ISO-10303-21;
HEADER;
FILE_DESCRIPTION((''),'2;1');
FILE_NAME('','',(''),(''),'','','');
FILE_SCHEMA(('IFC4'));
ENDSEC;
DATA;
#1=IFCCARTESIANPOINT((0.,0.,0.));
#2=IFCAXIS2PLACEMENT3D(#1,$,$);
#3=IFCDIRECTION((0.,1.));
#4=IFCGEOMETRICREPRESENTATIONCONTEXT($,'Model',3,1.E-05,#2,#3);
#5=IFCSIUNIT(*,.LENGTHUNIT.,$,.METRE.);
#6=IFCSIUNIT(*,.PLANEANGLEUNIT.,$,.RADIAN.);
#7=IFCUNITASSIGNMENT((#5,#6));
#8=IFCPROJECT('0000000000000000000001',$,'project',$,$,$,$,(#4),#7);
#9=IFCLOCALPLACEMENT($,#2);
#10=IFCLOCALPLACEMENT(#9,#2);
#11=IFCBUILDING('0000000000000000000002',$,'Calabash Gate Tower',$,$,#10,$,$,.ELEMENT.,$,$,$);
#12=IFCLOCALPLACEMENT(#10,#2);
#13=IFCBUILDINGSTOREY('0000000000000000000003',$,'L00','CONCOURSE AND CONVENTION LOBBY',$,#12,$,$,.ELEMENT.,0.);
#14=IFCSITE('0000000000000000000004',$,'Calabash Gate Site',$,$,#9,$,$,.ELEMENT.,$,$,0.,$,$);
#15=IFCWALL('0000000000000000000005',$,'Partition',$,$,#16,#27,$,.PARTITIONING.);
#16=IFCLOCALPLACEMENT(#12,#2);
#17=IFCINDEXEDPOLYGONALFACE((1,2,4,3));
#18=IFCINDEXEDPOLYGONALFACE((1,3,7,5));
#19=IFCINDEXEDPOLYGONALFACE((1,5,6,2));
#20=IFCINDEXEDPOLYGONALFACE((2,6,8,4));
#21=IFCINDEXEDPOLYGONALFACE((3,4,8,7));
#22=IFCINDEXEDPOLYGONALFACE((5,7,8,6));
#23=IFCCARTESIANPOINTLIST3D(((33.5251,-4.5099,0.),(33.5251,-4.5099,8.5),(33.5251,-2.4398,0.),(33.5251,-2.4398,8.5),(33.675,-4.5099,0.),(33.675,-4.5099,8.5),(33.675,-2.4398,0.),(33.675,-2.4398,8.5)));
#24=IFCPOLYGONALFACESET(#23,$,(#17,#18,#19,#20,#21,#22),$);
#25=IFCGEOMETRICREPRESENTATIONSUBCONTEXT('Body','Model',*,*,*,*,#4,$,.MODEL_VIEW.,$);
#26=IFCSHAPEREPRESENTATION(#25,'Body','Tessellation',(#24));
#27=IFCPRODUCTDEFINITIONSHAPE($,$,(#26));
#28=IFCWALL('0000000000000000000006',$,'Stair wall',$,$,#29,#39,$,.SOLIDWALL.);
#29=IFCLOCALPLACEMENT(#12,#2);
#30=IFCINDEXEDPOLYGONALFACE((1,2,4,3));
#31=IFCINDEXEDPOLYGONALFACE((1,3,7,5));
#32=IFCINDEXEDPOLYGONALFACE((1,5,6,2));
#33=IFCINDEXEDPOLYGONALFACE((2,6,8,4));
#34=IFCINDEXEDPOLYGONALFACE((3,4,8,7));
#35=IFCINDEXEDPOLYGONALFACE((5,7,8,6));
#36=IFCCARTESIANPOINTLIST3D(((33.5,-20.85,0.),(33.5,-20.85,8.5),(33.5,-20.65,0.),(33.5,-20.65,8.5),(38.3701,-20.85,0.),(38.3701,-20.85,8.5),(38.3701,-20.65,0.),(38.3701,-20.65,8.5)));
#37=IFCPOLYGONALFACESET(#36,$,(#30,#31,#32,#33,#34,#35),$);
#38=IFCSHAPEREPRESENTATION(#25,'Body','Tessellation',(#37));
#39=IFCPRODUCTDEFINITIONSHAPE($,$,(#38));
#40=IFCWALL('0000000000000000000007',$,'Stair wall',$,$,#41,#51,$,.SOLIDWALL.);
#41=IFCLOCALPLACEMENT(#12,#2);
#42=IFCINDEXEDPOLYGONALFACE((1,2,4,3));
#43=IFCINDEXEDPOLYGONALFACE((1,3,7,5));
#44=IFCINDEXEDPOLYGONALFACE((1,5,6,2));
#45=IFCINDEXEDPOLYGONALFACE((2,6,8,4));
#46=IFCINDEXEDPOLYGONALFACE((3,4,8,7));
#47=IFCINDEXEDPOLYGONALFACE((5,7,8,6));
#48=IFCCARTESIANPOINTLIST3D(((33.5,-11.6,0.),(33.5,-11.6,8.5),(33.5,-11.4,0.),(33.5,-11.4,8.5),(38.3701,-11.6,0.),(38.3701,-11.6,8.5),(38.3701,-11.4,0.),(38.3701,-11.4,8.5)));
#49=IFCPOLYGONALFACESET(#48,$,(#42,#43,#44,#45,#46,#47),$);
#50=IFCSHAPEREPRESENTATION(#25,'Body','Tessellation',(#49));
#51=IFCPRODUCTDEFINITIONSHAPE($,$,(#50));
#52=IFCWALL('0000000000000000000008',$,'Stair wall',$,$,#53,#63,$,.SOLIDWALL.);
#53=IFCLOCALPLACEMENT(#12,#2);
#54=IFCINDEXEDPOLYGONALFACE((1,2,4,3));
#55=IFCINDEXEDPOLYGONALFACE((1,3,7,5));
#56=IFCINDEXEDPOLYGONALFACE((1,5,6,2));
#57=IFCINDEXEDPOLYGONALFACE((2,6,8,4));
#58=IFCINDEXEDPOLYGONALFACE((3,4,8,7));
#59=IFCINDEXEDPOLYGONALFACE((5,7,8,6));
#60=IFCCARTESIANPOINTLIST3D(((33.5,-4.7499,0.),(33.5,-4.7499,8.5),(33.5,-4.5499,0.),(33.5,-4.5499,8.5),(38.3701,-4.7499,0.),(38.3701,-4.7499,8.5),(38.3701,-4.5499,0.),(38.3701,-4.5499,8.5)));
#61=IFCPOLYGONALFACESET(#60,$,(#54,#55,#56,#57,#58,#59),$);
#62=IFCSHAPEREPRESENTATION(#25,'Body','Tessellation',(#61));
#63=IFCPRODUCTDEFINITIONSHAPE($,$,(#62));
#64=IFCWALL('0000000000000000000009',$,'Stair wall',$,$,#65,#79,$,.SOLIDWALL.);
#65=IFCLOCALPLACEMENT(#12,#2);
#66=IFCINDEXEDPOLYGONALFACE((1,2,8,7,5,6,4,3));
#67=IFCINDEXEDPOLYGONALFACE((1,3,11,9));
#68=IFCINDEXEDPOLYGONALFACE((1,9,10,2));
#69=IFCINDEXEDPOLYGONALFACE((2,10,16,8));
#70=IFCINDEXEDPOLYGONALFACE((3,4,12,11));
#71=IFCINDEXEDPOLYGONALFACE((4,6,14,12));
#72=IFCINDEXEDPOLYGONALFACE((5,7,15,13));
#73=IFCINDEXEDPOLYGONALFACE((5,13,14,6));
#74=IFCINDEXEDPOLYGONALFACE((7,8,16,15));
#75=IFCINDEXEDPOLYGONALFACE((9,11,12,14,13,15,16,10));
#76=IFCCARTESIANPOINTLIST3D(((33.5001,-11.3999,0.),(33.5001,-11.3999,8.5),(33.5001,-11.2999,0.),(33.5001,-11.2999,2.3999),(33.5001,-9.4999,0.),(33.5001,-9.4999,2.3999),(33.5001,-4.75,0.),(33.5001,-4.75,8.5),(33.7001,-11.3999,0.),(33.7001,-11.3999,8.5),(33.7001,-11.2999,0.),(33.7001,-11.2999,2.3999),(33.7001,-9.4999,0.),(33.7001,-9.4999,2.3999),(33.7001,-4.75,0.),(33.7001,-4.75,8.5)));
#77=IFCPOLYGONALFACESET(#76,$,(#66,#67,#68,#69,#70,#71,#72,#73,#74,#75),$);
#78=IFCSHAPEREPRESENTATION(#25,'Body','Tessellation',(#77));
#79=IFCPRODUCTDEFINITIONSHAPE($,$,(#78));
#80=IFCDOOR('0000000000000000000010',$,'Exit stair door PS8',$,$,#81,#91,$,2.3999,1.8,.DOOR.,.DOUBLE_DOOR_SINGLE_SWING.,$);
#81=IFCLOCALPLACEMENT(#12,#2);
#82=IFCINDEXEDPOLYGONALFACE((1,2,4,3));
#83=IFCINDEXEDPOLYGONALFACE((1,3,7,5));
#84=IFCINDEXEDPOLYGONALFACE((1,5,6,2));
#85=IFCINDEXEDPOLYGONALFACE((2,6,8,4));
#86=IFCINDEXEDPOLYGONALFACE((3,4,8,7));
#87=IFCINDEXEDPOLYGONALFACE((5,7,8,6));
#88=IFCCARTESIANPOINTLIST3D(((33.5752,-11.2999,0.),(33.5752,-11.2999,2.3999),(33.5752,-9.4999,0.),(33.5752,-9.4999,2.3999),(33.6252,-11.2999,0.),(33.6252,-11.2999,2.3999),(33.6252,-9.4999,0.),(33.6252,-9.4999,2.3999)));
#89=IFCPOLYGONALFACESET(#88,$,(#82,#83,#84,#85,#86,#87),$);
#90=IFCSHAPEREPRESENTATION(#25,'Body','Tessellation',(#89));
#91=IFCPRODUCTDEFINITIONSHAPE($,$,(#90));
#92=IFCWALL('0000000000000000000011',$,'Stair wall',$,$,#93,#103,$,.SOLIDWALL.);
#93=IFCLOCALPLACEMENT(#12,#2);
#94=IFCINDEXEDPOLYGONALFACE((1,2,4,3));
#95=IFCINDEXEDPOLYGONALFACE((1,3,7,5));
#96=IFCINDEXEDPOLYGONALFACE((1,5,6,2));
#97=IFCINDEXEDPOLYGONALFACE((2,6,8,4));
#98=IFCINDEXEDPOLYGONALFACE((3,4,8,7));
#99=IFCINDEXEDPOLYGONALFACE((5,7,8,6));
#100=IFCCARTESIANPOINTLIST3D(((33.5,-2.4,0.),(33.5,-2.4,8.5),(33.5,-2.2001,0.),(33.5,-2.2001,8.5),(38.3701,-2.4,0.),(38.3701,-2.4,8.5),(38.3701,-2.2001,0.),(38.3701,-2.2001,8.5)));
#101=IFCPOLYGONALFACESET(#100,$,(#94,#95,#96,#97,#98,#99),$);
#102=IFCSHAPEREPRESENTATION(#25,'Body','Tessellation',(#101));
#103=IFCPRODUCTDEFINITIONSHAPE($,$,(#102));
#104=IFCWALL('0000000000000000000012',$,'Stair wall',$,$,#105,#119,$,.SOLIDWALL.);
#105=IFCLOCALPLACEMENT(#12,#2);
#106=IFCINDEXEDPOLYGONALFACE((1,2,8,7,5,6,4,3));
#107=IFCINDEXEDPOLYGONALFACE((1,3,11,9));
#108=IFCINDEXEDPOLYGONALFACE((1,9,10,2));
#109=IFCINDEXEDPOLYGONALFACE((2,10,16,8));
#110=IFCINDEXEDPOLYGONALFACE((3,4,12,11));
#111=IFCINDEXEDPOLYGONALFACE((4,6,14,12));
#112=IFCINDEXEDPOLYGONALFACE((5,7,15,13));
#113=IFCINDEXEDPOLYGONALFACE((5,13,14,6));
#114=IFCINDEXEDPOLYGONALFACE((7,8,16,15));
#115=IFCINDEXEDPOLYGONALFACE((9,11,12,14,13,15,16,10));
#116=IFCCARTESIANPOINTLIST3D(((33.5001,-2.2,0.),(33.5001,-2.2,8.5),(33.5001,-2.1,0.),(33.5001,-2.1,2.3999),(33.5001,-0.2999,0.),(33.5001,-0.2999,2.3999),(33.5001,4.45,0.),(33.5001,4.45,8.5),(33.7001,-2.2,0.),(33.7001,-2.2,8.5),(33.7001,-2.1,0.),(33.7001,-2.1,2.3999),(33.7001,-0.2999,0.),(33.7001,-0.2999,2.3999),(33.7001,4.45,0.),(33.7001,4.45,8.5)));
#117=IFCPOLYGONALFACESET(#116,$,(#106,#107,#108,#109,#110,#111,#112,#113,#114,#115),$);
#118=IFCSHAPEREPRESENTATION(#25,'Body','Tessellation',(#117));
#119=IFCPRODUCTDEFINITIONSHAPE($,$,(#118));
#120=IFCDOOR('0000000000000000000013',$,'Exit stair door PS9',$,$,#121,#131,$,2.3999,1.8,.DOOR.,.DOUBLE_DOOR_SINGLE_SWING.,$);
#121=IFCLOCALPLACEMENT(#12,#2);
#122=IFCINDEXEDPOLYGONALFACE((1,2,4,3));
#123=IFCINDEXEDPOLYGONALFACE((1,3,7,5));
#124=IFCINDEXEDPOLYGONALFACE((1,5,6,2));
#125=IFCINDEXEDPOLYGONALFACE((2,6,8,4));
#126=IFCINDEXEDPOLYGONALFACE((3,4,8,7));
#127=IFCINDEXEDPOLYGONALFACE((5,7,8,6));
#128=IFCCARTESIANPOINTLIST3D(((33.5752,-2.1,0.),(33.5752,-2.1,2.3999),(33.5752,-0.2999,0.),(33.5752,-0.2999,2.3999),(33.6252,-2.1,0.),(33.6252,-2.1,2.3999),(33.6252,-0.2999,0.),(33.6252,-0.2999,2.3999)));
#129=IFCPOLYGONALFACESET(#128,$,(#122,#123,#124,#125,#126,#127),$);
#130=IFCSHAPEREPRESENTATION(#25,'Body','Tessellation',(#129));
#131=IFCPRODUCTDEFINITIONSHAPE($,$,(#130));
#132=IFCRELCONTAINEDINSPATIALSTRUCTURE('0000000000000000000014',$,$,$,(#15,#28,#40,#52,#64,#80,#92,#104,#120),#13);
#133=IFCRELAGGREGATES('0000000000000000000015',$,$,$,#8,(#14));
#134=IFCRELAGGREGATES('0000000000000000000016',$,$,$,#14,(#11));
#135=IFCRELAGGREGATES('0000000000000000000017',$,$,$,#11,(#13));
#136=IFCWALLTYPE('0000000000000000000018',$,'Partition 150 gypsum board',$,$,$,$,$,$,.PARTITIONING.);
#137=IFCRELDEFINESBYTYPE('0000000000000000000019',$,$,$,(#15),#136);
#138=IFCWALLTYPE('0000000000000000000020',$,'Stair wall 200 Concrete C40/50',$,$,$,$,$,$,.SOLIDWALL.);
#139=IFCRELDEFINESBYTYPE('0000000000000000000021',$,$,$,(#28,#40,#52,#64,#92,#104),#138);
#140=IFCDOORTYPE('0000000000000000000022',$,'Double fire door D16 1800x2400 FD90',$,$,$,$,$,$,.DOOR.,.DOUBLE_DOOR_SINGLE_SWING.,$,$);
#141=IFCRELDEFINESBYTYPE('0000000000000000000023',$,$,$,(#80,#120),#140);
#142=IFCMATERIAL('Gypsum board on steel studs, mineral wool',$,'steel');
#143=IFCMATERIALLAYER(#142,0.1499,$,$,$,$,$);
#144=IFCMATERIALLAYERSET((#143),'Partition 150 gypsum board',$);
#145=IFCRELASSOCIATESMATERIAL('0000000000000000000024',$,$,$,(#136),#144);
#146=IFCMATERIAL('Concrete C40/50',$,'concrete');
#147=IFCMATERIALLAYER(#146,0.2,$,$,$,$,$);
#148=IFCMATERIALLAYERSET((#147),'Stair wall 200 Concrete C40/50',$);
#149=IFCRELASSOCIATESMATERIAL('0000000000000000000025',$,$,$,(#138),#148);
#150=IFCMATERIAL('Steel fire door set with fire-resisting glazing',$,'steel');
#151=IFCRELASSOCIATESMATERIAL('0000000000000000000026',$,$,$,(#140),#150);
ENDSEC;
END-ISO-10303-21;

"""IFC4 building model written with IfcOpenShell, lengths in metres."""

from ifc_helpers import new_model, si_unit, direction, frame, frame_2d, origin, place, context, subcontext, project, spatial, rectangle, extrude, material, layer, layer_set, type_object, element, fill, save


model = new_model("IFC4")

# Units and contexts
model_context = context("Model", 3, precision=1e-05, world=origin(), true_north=direction((0.0, 1.0)))
body_context = subcontext(model_context, "Body", "Model", "MODEL_VIEW")
ifc_project = project(units=[si_unit("LENGTHUNIT", "METRE"), si_unit("PLANEANGLEUNIT", "RADIAN")], contexts=[model_context])

# Site, building, storey
site_placement = place(None, origin())
site = spatial("IfcSite", under=ifc_project, at=site_placement, Name="Calabash Gate Site", CompositionType="ELEMENT", RefElevation=0.0)
building_placement = place(site_placement, origin())
building = spatial("IfcBuilding", under=site, at=building_placement, Name="Calabash Gate Tower", CompositionType="ELEMENT")
storey_placement = place(building_placement, origin())
storey = spatial("IfcBuildingStorey", under=building, at=storey_placement, Name="L00", Description="CONCOURSE AND CONVENTION LOBBY", CompositionType="ELEMENT", Elevation=0.0)

# Shared definitions
ifc_material_1 = material(Name="Gypsum board on steel studs, mineral wool", Category="steel")
ifc_layer_1 = layer(ifc_material_1, 0.1499)
ifc_layer_set_1 = layer_set([ifc_layer_1], Name="Partition 150 gypsum board")
wall_type_1 = type_object("IfcWallType", Name="Partition 150 gypsum board", PredefinedType="PARTITIONING", material=ifc_layer_set_1)

# Walls
wall_1_placement = place(storey_placement, frame((33.6001, -4.51, 0.0), z_axis=(0.0, 0.0, 1.0), x_axis=(0.0, 1.0, 0.0)))
element("IfcWall", 1, at=wall_1_placement, inside=storey, type_object=wall_type_1, Name="Partition", PredefinedType="PARTITIONING", context=body_context, shape_type="SweptSolid", body=[
    extrude(rectangle(XDim=2.0701, YDim=0.1499, at=frame_2d((1.0352, 0.0))), origin(), (0.0, 0.0, 1.0), 8.5),
])
ifc_material_2 = material(Name="Concrete C40/50", Category="concrete")
ifc_layer_2 = layer(ifc_material_2, 0.2)
ifc_layer_set_2 = layer_set([ifc_layer_2], Name="Stair wall 200 Concrete C40/50")
wall_type_2 = type_object("IfcWallType", Name="Stair wall 200 Concrete C40/50", PredefinedType="SOLIDWALL", material=ifc_layer_set_2)
for number, where, z_axis, x_axis, name in (
    (2, (33.5, -20.75, 0.0), (0.0, 0.0, 1.0), (1.0, 0.0, 0.0), "Stair wall"),
    (3, (33.5, -11.5, 0.0), (0.0, 0.0, 1.0), (1.0, 0.0, 0.0), "Stair wall"),
    (4, (33.5, -4.6499, 0.0), (0.0, 0.0, 1.0), (1.0, 0.0, 0.0), "Stair wall"),
):
    element("IfcWall", number, at=place(storey_placement, frame(where, z_axis=z_axis, x_axis=x_axis)), inside=storey, type_object=wall_type_2, Name=name, PredefinedType="SOLIDWALL", context=body_context, shape_type="SweptSolid", body=[
        extrude(rectangle(XDim=4.8701, YDim=0.2, at=frame_2d((2.4351, 0.0))), origin(), (0.0, 0.0, 1.0), 8.5),
    ])

# Wall, opening, door
wall_2_placement = place(storey_placement, frame((33.6001, -11.3999, 0.0), z_axis=(0.0, 0.0, 1.0), x_axis=(0.0, 1.0, 0.0)))
wall_2 = element("IfcWall", 5, at=wall_2_placement, inside=storey, type_object=wall_type_2, Name="Stair wall", PredefinedType="SOLIDWALL", context=body_context, shape_type="SweptSolid", body=[
    extrude(rectangle(XDim=6.6499, YDim=0.2, at=frame_2d((3.325, 0.0))), origin(), (0.0, 0.0, 1.0), 8.5),
])
opening_1_placement = place(wall_2_placement, frame((0.1001, 0.0, 0.0)))
opening_1 = element("IfcOpeningElement", 6, at=opening_1_placement, cuts=wall_2, PredefinedType="OPENING", context=body_context, shape_type="SweptSolid", body=[
    extrude(rectangle(XDim=1.8, YDim=2.3999, at=frame_2d((0.8999, 1.2))), frame((0.0, 0.1099, 0.0), z_axis=(0.0, -1.0, 0.0), x_axis=(1.0, 0.0, 0.0)), (0.0, 0.0, 1.0), 0.22),
])
ifc_material_3 = material(Name="Steel fire door set with fire-resisting glazing", Category="steel")
door_type_1 = type_object("IfcDoorType", Name="Double fire door D16 1800x2400 FD90", OperationType="DOUBLE_DOOR_SINGLE_SWING", PredefinedType="DOOR", material=ifc_material_3)
door_1_placement = place(opening_1_placement, origin())
door_1 = element("IfcDoor", 7, at=door_1_placement, inside=storey, type_object=door_type_1, Name="Exit stair door PS8", OperationType="DOUBLE_DOOR_SINGLE_SWING", OverallHeight=2.3999, OverallWidth=1.8, PredefinedType="DOOR", context=body_context, shape_type="SweptSolid", body=[
    extrude(rectangle(XDim=1.8, YDim=2.3999, at=frame_2d((0.8999, 1.2))), frame((0.0, 0.0249, 0.0), z_axis=(0.0, -1.0, 0.0), x_axis=(1.0, 0.0, 0.0)), (0.0, 0.0, 1.0), 0.05),
])
fill(opening_1, door_1)

# Wall
wall_3_placement = place(storey_placement, frame((33.5, -2.3, 0.0), z_axis=(0.0, 0.0, 1.0), x_axis=(1.0, 0.0, 0.0)))
element("IfcWall", 8, at=wall_3_placement, inside=storey, type_object=wall_type_2, Name="Stair wall", PredefinedType="SOLIDWALL", context=body_context, shape_type="SweptSolid", body=[
    extrude(rectangle(XDim=4.8701, YDim=0.2, at=frame_2d((2.4351, 0.0))), origin(), (0.0, 0.0, 1.0), 8.5),
])

# Wall, opening, door
wall_4_placement = place(storey_placement, frame((33.6001, -2.2, 0.0), z_axis=(0.0, 0.0, 1.0), x_axis=(0.0, 1.0, 0.0)))
wall_4 = element("IfcWall", 9, at=wall_4_placement, inside=storey, type_object=wall_type_2, Name="Stair wall", PredefinedType="SOLIDWALL", context=body_context, shape_type="SweptSolid", body=[
    extrude(rectangle(XDim=6.6499, YDim=0.2, at=frame_2d((3.325, 0.0))), origin(), (0.0, 0.0, 1.0), 8.5),
])
opening_2_placement = place(wall_4_placement, frame((0.1001, 0.0, 0.0)))
opening_2 = element("IfcOpeningElement", 10, at=opening_2_placement, cuts=wall_4, PredefinedType="OPENING", context=body_context, shape_type="SweptSolid", body=[
    extrude(rectangle(XDim=1.8, YDim=2.3999, at=frame_2d((0.8999, 1.2))), frame((0.0, 0.1099, 0.0), z_axis=(0.0, -1.0, 0.0), x_axis=(1.0, 0.0, 0.0)), (0.0, 0.0, 1.0), 0.22),
])
door_2_placement = place(opening_2_placement, origin())
door_2 = element("IfcDoor", 11, at=door_2_placement, inside=storey, type_object=door_type_1, Name="Exit stair door PS9", OperationType="DOUBLE_DOOR_SINGLE_SWING", OverallHeight=2.3999, OverallWidth=1.8, PredefinedType="DOOR", context=body_context, shape_type="SweptSolid", body=[
    extrude(rectangle(XDim=1.8, YDim=2.3999, at=frame_2d((0.8999, 1.2))), frame((0.0, 0.0249, 0.0), z_axis=(0.0, -1.0, 0.0), x_axis=(1.0, 0.0, 0.0)), (0.0, 0.0, 1.0), 0.05),
])
fill(opening_2, door_2)

save(model, "model.ifc")
